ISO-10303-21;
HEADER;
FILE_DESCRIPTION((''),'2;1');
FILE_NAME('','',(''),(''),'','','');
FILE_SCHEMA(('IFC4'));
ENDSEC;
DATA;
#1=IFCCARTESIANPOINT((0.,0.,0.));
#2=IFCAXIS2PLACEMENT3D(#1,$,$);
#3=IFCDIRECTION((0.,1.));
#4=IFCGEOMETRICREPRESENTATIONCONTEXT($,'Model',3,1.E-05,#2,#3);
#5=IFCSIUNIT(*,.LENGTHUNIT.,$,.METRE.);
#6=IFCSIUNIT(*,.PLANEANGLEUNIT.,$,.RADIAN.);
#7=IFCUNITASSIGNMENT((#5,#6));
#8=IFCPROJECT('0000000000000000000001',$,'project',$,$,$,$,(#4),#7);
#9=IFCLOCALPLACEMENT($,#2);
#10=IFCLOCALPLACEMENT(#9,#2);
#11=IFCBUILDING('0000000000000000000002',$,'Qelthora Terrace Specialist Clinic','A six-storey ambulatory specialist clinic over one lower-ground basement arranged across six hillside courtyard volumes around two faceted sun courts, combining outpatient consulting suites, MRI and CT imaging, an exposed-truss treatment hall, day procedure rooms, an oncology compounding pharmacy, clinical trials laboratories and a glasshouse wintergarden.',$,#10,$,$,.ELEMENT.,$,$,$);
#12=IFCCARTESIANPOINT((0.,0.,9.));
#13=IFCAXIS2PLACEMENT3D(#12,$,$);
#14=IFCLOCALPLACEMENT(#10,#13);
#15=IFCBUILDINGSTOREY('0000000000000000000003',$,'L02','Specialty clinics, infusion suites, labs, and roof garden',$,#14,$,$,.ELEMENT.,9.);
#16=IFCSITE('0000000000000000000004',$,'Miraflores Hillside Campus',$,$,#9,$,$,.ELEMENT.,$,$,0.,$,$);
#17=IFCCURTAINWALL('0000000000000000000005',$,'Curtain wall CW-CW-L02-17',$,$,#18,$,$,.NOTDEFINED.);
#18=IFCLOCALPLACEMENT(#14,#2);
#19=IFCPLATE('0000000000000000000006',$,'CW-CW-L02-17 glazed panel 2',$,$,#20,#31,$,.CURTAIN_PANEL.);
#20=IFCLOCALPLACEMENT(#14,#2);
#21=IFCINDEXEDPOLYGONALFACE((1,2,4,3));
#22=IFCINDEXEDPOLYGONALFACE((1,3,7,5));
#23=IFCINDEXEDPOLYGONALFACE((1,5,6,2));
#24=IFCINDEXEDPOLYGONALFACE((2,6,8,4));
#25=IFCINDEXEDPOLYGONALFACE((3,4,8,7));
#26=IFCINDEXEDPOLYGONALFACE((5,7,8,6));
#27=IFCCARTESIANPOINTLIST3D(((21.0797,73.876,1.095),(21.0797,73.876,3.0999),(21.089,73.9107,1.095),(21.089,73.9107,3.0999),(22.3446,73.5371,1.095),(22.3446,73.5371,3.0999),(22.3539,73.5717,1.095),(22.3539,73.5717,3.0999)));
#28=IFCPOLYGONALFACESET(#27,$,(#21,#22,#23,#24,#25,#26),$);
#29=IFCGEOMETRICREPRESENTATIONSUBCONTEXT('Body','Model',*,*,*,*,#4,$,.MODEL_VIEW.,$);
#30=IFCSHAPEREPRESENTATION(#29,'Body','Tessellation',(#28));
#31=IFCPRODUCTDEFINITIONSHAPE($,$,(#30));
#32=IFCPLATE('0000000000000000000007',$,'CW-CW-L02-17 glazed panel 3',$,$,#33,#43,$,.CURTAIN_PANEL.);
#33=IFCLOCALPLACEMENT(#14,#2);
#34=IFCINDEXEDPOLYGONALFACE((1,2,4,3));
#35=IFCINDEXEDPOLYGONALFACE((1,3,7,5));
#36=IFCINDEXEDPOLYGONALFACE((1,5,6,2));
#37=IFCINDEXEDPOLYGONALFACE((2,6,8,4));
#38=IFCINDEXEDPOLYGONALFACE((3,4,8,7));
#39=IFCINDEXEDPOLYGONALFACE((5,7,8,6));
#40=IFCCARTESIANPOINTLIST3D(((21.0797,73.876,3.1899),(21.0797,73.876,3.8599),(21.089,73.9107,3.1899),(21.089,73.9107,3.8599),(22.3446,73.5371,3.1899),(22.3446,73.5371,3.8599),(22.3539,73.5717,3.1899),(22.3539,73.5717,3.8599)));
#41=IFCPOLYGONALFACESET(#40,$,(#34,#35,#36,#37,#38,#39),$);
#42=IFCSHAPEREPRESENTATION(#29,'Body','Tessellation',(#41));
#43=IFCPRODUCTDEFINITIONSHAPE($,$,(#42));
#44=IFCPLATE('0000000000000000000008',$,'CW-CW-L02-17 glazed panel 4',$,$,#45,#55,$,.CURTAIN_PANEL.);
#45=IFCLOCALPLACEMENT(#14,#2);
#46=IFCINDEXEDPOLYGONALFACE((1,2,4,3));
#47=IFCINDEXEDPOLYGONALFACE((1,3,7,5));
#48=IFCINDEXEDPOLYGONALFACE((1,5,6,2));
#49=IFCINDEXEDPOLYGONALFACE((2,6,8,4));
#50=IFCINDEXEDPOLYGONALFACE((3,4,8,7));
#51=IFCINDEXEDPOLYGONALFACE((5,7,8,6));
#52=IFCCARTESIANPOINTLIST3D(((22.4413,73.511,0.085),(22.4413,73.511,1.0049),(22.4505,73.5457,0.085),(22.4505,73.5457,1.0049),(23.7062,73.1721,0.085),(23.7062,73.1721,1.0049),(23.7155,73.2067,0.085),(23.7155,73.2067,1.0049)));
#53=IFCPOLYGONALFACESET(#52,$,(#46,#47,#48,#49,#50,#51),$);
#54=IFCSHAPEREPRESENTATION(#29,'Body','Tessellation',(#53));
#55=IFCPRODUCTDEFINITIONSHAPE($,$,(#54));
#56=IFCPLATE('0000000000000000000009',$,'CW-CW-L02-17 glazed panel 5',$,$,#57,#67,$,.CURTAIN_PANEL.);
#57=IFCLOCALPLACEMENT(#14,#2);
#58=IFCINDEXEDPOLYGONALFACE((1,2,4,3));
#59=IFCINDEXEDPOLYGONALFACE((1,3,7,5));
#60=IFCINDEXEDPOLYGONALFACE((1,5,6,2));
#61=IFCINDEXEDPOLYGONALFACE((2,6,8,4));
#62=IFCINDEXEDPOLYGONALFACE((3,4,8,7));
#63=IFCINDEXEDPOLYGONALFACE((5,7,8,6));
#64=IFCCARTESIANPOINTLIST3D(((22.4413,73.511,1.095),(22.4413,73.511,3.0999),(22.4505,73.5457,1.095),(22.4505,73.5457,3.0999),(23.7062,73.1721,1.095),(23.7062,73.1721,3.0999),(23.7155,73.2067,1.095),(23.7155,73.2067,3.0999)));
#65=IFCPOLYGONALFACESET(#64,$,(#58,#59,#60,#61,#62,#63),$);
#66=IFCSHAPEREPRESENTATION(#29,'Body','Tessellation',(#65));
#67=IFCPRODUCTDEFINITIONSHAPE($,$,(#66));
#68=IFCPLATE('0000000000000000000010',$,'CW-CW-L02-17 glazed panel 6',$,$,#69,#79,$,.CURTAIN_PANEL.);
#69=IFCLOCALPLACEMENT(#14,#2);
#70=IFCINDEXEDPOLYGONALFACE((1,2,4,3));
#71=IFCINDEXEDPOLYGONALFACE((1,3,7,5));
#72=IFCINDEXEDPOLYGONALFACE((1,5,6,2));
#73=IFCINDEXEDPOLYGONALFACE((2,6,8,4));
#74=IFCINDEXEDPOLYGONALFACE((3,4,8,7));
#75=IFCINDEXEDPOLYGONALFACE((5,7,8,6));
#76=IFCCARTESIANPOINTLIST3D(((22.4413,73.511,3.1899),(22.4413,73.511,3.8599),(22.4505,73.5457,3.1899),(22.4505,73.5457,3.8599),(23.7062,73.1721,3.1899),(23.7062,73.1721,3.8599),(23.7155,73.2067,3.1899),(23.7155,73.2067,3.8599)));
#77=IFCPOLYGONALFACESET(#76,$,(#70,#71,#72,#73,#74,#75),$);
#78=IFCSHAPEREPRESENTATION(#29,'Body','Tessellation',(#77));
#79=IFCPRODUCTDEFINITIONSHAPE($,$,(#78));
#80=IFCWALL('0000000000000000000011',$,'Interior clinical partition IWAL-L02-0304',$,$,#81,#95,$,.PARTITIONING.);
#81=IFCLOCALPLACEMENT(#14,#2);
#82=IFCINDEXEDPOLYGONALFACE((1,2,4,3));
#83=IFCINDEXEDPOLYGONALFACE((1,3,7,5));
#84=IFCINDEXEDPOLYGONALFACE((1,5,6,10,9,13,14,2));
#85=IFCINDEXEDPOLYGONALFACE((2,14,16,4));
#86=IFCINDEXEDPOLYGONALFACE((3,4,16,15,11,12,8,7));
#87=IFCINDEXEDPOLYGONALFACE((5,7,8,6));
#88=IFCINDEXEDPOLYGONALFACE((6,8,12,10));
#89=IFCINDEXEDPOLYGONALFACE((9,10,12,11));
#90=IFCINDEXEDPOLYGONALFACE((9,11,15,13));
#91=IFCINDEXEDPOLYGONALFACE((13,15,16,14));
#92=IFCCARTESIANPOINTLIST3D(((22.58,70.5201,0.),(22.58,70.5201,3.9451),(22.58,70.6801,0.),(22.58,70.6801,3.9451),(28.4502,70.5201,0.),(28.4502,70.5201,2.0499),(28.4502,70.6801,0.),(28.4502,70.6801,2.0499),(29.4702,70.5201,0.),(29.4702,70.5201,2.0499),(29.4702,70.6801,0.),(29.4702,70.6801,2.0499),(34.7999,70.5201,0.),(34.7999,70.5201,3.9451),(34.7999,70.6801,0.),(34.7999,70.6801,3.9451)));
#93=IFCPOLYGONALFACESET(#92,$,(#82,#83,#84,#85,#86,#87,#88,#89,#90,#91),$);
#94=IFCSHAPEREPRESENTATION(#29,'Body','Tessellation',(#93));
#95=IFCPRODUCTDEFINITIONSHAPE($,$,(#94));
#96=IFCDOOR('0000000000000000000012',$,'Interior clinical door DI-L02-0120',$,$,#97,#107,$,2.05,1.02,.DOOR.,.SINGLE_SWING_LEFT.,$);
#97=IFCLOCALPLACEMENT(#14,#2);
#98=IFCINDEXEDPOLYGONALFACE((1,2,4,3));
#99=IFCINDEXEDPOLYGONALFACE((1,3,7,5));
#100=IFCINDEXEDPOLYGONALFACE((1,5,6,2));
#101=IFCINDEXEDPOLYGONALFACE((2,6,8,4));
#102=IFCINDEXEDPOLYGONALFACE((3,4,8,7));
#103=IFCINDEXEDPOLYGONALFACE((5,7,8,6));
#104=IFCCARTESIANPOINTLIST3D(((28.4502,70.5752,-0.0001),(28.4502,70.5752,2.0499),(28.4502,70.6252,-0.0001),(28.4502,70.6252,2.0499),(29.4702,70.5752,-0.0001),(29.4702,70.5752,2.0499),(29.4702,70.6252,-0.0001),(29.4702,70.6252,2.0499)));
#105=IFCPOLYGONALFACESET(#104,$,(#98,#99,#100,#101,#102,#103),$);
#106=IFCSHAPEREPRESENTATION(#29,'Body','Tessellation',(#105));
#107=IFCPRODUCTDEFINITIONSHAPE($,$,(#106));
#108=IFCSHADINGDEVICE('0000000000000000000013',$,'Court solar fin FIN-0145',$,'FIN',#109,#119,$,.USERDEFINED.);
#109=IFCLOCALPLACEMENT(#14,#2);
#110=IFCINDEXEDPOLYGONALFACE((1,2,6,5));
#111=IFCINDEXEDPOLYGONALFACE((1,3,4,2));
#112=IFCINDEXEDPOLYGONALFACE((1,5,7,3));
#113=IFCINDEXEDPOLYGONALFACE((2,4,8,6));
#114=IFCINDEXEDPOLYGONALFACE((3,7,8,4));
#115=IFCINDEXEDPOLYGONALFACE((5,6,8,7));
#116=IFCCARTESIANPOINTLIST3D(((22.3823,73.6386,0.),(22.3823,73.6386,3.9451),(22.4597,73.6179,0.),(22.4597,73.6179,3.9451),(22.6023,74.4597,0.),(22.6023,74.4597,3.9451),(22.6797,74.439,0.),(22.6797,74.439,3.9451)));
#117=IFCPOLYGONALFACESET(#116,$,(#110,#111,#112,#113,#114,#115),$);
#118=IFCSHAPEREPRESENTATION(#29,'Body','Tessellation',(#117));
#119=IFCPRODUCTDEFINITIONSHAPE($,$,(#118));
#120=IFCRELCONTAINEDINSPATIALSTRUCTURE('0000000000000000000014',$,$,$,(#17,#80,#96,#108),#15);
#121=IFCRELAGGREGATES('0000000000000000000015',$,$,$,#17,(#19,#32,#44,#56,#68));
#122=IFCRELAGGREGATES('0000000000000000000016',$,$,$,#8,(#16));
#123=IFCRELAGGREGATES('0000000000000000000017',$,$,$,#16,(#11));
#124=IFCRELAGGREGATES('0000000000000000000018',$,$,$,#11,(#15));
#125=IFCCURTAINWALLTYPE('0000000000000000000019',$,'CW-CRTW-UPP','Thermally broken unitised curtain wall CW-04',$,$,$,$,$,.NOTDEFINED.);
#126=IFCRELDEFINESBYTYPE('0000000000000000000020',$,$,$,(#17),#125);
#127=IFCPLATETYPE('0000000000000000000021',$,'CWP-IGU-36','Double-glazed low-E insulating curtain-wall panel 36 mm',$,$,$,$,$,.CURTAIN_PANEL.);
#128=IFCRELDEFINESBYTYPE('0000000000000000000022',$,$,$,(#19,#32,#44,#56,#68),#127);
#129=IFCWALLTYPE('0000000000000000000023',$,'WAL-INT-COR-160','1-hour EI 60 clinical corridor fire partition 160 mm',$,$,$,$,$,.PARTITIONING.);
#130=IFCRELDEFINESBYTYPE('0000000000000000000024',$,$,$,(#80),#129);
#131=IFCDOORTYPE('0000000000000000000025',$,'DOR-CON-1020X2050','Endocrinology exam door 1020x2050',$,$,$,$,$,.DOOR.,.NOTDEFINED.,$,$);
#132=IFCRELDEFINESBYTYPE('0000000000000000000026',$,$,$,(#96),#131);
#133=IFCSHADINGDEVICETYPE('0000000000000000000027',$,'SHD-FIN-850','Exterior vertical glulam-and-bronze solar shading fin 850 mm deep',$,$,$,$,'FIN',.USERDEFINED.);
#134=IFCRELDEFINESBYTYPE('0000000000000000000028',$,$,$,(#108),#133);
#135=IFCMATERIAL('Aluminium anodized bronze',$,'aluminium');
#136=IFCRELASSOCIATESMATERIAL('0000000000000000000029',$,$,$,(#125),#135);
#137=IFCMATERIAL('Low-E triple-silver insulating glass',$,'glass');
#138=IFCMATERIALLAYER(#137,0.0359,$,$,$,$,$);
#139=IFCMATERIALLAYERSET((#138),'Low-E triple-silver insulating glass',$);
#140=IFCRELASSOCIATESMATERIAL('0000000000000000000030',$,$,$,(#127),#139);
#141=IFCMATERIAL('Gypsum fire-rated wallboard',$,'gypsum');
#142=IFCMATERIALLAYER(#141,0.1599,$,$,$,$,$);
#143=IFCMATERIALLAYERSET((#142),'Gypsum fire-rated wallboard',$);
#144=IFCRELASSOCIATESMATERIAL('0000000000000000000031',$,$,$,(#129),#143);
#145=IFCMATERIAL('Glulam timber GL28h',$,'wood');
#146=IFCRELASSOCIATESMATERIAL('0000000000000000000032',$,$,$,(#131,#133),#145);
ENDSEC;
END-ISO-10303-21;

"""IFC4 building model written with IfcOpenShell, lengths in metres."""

from ifc_helpers import new_model, si_unit, direction, frame, frame_2d, origin, origin_2d, place, context, subcontext, project, spatial, rectangle, extrude, material, layer, layer_set, type_object, element, fill, aggregate, save


model = new_model("IFC4")

# Units and contexts
model_context = context("Model", 3, precision=1e-05, world=origin(), true_north=direction((0.0, 1.0)))
body_context = subcontext(model_context, "Body", "Model", "MODEL_VIEW")
ifc_project = project(units=[si_unit("LENGTHUNIT", "METRE"), si_unit("PLANEANGLEUNIT", "RADIAN")], contexts=[model_context])

# Site, building, storey
site_placement = place(None, origin())
site = spatial("IfcSite", under=ifc_project, at=site_placement, Name="Miraflores Hillside Campus", CompositionType="ELEMENT", RefElevation=0.0)
building_placement = place(site_placement, origin())
building = spatial("IfcBuilding", under=site, at=building_placement, Name="Qelthora Terrace Specialist Clinic", Description="A six-storey ambulatory specialist clinic over one lower-ground basement arranged across six hillside courtyard volumes around two faceted sun courts, combining outpatient consulting suites, MRI and CT imaging, an exposed-truss treatment hall, day procedure rooms, an oncology compounding pharmacy, clinical trials laboratories and a glasshouse wintergarden.", CompositionType="ELEMENT")
storey_placement = place(building_placement, frame((0.0, 0.0, 9.0)))
storey = spatial("IfcBuildingStorey", under=building, at=storey_placement, Name="L02", Description="Specialty clinics, infusion suites, labs, and roof garden", CompositionType="ELEMENT", Elevation=9.0)

# Shared definitions
ifc_material_1 = material(Name="Aluminium anodized bronze", Category="aluminium")
curtain_wall_type = type_object("IfcCurtainWallType", Name="CW-CRTW-UPP", Description="Thermally broken unitised curtain wall CW-04", PredefinedType="NOTDEFINED", material=ifc_material_1)

# Curtain wall
curtain_wall_1_placement = place(storey_placement, origin())
curtain_wall_1 = element("IfcCurtainWall", 1, at=curtain_wall_1_placement, inside=storey, type_object=curtain_wall_type, Name="Curtain wall CW-CW-L02-17", PredefinedType="NOTDEFINED")

# Plates
ifc_material_2 = material(Name="Low-E triple-silver insulating glass", Category="glass")
ifc_layer_1 = layer(ifc_material_2, 0.0359)
ifc_layer_set_1 = layer_set([ifc_layer_1], Name="Low-E triple-silver insulating glass")
plate_type = type_object("IfcPlateType", Name="CWP-IGU-36", Description="Double-glazed low-E insulating curtain-wall panel 36 mm", PredefinedType="CURTAIN_PANEL", material=ifc_layer_set_1)
plate_1_placement = place(storey_placement, frame((21.7168, 73.7239, 1.095), z_axis=(0.0, 0.0, 1.0), x_axis=(0.965925, -0.258821, 0.0)))
plate_1 = element("IfcPlate", 2, at=plate_1_placement, type_object=plate_type, Name="CW-CW-L02-17 glazed panel 2", PredefinedType="CURTAIN_PANEL", context=body_context, shape_type="SweptSolid", body=[
    extrude(rectangle(XDim=1.3096, YDim=0.0359, at=origin_2d()), origin(), (0.0, 0.0, 1.0), 2.0049),
])
plate_2_placement = place(storey_placement, frame((21.7168, 73.7239, 3.1899), z_axis=(0.0, 0.0, 1.0), x_axis=(0.965925, -0.258821, 0.0)))
plate_2 = element("IfcPlate", 3, at=plate_2_placement, type_object=plate_type, Name="CW-CW-L02-17 glazed panel 3", PredefinedType="CURTAIN_PANEL", context=body_context, shape_type="SweptSolid", body=[
    extrude(rectangle(XDim=1.3096, YDim=0.0359, at=origin_2d()), origin(), (0.0, 0.0, 1.0), 0.6699),
])
plate_3_placement = place(storey_placement, frame((23.0784, 73.3589, 0.085), z_axis=(0.0, 0.0, 1.0), x_axis=(0.965925, -0.258821, 0.0)))
plate_3 = element("IfcPlate", 4, at=plate_3_placement, type_object=plate_type, Name="CW-CW-L02-17 glazed panel 4", PredefinedType="CURTAIN_PANEL", context=body_context, shape_type="SweptSolid", body=[
    extrude(rectangle(XDim=1.3096, YDim=0.0359, at=origin_2d()), origin(), (0.0, 0.0, 1.0), 0.9199),
])
plate_4_placement = place(storey_placement, frame((23.0784, 73.3589, 1.095), z_axis=(0.0, 0.0, 1.0), x_axis=(0.965925, -0.258821, 0.0)))
plate_4 = element("IfcPlate", 5, at=plate_4_placement, type_object=plate_type, Name="CW-CW-L02-17 glazed panel 5", PredefinedType="CURTAIN_PANEL", context=body_context, shape_type="SweptSolid", body=[
    extrude(rectangle(XDim=1.3096, YDim=0.0359, at=origin_2d()), origin(), (0.0, 0.0, 1.0), 2.0049),
])
plate_5_placement = place(storey_placement, frame((23.0784, 73.3589, 3.1899), z_axis=(0.0, 0.0, 1.0), x_axis=(0.965925, -0.258821, 0.0)))
plate_5 = element("IfcPlate", 6, at=plate_5_placement, type_object=plate_type, Name="CW-CW-L02-17 glazed panel 6", PredefinedType="CURTAIN_PANEL", context=body_context, shape_type="SweptSolid", body=[
    extrude(rectangle(XDim=1.3096, YDim=0.0359, at=origin_2d()), origin(), (0.0, 0.0, 1.0), 0.6699),
])
aggregate(curtain_wall_1, [plate_1, plate_2, plate_3, plate_4, plate_5])

# Wall, opening, door
ifc_material_3 = material(Name="Gypsum fire-rated wallboard", Category="gypsum")
ifc_layer_2 = layer(ifc_material_3, 0.1599)
ifc_layer_set_2 = layer_set([ifc_layer_2], Name="Gypsum fire-rated wallboard")
wall_type = type_object("IfcWallType", Name="WAL-INT-COR-160", Description="1-hour EI 60 clinical corridor fire partition 160 mm", PredefinedType="PARTITIONING", material=ifc_layer_set_2)
wall_placement = place(storey_placement, frame((22.5801, 70.6001, 0.0), z_axis=(0.0, 0.0, 1.0), x_axis=(1.0, 0.0, 0.0)))
wall = element("IfcWall", 7, at=wall_placement, inside=storey, type_object=wall_type, Name="Interior clinical partition IWAL-L02-0304", PredefinedType="PARTITIONING", context=body_context, shape_type="SweptSolid", body=[
    extrude(rectangle(XDim=12.22, YDim=0.1599, at=frame_2d((6.1099, 0.0))), origin(), (0.0, 0.0, 1.0), 3.9451),
])
opening_placement = place(wall_placement, frame((5.8701, 0.0, 0.0)))
opening = element("IfcOpeningElement", 8, at=opening_placement, cuts=wall, PredefinedType="OPENING", context=body_context, shape_type="SweptSolid", body=[
    extrude(rectangle(XDim=1.02, YDim=2.05, at=frame_2d((0.51, 1.0249))), frame((0.0, 0.0898, 0.0), z_axis=(0.0, -1.0, 0.0), x_axis=(1.0, 0.0, 0.0)), (0.0, 0.0, 1.0), 0.1799),
])
ifc_material_4 = material(Name="Glulam timber GL28h", Category="wood")
door_type = type_object("IfcDoorType", Name="DOR-CON-1020X2050", Description="Endocrinology exam door 1020x2050", OperationType="NOTDEFINED", PredefinedType="DOOR", material=ifc_material_4)
door_placement = place(opening_placement, frame((1.02, 0.0, 0.0), z_axis=(0.0, 0.0, 1.0), x_axis=(-1.0, 0.0, 0.0)))
door = element("IfcDoor", 9, at=door_placement, inside=storey, type_object=door_type, Name="Interior clinical door DI-L02-0120", OperationType="SINGLE_SWING_LEFT", OverallHeight=2.05, OverallWidth=1.02, PredefinedType="DOOR", context=body_context, shape_type="SweptSolid", body=[
    extrude(rectangle(XDim=1.02, YDim=2.05, at=frame_2d((0.51, 1.0249))), frame((0.0, 0.0249, 0.0), z_axis=(0.0, -1.0, 0.0), x_axis=(1.0, 0.0, 0.0)), (0.0, 0.0, 1.0), 0.05),
])
fill(opening, door)

# Shading device
shading_device_type = type_object("IfcShadingDeviceType", Name="SHD-FIN-850", Description="Exterior vertical glulam-and-bronze solar shading fin 850 mm deep", ElementType="FIN", PredefinedType="USERDEFINED", material=ifc_material_4)
shading_device_placement = place(storey_placement, frame((22.531, 74.0388, 0.0), z_axis=(0.0, 0.0, 1.0), x_axis=(0.258819, 0.965926, 0.0)))
element("IfcShadingDevice", 10, at=shading_device_placement, inside=storey, type_object=shading_device_type, Name="Court solar fin FIN-0145", ObjectType="FIN", PredefinedType="USERDEFINED", context=body_context, shape_type="SweptSolid", body=[
    extrude(rectangle(XDim=0.8501, YDim=0.0801, at=origin_2d()), origin(), (0.0, 0.0, 1.0), 3.9451),
])

save(model, "model.ifc")
